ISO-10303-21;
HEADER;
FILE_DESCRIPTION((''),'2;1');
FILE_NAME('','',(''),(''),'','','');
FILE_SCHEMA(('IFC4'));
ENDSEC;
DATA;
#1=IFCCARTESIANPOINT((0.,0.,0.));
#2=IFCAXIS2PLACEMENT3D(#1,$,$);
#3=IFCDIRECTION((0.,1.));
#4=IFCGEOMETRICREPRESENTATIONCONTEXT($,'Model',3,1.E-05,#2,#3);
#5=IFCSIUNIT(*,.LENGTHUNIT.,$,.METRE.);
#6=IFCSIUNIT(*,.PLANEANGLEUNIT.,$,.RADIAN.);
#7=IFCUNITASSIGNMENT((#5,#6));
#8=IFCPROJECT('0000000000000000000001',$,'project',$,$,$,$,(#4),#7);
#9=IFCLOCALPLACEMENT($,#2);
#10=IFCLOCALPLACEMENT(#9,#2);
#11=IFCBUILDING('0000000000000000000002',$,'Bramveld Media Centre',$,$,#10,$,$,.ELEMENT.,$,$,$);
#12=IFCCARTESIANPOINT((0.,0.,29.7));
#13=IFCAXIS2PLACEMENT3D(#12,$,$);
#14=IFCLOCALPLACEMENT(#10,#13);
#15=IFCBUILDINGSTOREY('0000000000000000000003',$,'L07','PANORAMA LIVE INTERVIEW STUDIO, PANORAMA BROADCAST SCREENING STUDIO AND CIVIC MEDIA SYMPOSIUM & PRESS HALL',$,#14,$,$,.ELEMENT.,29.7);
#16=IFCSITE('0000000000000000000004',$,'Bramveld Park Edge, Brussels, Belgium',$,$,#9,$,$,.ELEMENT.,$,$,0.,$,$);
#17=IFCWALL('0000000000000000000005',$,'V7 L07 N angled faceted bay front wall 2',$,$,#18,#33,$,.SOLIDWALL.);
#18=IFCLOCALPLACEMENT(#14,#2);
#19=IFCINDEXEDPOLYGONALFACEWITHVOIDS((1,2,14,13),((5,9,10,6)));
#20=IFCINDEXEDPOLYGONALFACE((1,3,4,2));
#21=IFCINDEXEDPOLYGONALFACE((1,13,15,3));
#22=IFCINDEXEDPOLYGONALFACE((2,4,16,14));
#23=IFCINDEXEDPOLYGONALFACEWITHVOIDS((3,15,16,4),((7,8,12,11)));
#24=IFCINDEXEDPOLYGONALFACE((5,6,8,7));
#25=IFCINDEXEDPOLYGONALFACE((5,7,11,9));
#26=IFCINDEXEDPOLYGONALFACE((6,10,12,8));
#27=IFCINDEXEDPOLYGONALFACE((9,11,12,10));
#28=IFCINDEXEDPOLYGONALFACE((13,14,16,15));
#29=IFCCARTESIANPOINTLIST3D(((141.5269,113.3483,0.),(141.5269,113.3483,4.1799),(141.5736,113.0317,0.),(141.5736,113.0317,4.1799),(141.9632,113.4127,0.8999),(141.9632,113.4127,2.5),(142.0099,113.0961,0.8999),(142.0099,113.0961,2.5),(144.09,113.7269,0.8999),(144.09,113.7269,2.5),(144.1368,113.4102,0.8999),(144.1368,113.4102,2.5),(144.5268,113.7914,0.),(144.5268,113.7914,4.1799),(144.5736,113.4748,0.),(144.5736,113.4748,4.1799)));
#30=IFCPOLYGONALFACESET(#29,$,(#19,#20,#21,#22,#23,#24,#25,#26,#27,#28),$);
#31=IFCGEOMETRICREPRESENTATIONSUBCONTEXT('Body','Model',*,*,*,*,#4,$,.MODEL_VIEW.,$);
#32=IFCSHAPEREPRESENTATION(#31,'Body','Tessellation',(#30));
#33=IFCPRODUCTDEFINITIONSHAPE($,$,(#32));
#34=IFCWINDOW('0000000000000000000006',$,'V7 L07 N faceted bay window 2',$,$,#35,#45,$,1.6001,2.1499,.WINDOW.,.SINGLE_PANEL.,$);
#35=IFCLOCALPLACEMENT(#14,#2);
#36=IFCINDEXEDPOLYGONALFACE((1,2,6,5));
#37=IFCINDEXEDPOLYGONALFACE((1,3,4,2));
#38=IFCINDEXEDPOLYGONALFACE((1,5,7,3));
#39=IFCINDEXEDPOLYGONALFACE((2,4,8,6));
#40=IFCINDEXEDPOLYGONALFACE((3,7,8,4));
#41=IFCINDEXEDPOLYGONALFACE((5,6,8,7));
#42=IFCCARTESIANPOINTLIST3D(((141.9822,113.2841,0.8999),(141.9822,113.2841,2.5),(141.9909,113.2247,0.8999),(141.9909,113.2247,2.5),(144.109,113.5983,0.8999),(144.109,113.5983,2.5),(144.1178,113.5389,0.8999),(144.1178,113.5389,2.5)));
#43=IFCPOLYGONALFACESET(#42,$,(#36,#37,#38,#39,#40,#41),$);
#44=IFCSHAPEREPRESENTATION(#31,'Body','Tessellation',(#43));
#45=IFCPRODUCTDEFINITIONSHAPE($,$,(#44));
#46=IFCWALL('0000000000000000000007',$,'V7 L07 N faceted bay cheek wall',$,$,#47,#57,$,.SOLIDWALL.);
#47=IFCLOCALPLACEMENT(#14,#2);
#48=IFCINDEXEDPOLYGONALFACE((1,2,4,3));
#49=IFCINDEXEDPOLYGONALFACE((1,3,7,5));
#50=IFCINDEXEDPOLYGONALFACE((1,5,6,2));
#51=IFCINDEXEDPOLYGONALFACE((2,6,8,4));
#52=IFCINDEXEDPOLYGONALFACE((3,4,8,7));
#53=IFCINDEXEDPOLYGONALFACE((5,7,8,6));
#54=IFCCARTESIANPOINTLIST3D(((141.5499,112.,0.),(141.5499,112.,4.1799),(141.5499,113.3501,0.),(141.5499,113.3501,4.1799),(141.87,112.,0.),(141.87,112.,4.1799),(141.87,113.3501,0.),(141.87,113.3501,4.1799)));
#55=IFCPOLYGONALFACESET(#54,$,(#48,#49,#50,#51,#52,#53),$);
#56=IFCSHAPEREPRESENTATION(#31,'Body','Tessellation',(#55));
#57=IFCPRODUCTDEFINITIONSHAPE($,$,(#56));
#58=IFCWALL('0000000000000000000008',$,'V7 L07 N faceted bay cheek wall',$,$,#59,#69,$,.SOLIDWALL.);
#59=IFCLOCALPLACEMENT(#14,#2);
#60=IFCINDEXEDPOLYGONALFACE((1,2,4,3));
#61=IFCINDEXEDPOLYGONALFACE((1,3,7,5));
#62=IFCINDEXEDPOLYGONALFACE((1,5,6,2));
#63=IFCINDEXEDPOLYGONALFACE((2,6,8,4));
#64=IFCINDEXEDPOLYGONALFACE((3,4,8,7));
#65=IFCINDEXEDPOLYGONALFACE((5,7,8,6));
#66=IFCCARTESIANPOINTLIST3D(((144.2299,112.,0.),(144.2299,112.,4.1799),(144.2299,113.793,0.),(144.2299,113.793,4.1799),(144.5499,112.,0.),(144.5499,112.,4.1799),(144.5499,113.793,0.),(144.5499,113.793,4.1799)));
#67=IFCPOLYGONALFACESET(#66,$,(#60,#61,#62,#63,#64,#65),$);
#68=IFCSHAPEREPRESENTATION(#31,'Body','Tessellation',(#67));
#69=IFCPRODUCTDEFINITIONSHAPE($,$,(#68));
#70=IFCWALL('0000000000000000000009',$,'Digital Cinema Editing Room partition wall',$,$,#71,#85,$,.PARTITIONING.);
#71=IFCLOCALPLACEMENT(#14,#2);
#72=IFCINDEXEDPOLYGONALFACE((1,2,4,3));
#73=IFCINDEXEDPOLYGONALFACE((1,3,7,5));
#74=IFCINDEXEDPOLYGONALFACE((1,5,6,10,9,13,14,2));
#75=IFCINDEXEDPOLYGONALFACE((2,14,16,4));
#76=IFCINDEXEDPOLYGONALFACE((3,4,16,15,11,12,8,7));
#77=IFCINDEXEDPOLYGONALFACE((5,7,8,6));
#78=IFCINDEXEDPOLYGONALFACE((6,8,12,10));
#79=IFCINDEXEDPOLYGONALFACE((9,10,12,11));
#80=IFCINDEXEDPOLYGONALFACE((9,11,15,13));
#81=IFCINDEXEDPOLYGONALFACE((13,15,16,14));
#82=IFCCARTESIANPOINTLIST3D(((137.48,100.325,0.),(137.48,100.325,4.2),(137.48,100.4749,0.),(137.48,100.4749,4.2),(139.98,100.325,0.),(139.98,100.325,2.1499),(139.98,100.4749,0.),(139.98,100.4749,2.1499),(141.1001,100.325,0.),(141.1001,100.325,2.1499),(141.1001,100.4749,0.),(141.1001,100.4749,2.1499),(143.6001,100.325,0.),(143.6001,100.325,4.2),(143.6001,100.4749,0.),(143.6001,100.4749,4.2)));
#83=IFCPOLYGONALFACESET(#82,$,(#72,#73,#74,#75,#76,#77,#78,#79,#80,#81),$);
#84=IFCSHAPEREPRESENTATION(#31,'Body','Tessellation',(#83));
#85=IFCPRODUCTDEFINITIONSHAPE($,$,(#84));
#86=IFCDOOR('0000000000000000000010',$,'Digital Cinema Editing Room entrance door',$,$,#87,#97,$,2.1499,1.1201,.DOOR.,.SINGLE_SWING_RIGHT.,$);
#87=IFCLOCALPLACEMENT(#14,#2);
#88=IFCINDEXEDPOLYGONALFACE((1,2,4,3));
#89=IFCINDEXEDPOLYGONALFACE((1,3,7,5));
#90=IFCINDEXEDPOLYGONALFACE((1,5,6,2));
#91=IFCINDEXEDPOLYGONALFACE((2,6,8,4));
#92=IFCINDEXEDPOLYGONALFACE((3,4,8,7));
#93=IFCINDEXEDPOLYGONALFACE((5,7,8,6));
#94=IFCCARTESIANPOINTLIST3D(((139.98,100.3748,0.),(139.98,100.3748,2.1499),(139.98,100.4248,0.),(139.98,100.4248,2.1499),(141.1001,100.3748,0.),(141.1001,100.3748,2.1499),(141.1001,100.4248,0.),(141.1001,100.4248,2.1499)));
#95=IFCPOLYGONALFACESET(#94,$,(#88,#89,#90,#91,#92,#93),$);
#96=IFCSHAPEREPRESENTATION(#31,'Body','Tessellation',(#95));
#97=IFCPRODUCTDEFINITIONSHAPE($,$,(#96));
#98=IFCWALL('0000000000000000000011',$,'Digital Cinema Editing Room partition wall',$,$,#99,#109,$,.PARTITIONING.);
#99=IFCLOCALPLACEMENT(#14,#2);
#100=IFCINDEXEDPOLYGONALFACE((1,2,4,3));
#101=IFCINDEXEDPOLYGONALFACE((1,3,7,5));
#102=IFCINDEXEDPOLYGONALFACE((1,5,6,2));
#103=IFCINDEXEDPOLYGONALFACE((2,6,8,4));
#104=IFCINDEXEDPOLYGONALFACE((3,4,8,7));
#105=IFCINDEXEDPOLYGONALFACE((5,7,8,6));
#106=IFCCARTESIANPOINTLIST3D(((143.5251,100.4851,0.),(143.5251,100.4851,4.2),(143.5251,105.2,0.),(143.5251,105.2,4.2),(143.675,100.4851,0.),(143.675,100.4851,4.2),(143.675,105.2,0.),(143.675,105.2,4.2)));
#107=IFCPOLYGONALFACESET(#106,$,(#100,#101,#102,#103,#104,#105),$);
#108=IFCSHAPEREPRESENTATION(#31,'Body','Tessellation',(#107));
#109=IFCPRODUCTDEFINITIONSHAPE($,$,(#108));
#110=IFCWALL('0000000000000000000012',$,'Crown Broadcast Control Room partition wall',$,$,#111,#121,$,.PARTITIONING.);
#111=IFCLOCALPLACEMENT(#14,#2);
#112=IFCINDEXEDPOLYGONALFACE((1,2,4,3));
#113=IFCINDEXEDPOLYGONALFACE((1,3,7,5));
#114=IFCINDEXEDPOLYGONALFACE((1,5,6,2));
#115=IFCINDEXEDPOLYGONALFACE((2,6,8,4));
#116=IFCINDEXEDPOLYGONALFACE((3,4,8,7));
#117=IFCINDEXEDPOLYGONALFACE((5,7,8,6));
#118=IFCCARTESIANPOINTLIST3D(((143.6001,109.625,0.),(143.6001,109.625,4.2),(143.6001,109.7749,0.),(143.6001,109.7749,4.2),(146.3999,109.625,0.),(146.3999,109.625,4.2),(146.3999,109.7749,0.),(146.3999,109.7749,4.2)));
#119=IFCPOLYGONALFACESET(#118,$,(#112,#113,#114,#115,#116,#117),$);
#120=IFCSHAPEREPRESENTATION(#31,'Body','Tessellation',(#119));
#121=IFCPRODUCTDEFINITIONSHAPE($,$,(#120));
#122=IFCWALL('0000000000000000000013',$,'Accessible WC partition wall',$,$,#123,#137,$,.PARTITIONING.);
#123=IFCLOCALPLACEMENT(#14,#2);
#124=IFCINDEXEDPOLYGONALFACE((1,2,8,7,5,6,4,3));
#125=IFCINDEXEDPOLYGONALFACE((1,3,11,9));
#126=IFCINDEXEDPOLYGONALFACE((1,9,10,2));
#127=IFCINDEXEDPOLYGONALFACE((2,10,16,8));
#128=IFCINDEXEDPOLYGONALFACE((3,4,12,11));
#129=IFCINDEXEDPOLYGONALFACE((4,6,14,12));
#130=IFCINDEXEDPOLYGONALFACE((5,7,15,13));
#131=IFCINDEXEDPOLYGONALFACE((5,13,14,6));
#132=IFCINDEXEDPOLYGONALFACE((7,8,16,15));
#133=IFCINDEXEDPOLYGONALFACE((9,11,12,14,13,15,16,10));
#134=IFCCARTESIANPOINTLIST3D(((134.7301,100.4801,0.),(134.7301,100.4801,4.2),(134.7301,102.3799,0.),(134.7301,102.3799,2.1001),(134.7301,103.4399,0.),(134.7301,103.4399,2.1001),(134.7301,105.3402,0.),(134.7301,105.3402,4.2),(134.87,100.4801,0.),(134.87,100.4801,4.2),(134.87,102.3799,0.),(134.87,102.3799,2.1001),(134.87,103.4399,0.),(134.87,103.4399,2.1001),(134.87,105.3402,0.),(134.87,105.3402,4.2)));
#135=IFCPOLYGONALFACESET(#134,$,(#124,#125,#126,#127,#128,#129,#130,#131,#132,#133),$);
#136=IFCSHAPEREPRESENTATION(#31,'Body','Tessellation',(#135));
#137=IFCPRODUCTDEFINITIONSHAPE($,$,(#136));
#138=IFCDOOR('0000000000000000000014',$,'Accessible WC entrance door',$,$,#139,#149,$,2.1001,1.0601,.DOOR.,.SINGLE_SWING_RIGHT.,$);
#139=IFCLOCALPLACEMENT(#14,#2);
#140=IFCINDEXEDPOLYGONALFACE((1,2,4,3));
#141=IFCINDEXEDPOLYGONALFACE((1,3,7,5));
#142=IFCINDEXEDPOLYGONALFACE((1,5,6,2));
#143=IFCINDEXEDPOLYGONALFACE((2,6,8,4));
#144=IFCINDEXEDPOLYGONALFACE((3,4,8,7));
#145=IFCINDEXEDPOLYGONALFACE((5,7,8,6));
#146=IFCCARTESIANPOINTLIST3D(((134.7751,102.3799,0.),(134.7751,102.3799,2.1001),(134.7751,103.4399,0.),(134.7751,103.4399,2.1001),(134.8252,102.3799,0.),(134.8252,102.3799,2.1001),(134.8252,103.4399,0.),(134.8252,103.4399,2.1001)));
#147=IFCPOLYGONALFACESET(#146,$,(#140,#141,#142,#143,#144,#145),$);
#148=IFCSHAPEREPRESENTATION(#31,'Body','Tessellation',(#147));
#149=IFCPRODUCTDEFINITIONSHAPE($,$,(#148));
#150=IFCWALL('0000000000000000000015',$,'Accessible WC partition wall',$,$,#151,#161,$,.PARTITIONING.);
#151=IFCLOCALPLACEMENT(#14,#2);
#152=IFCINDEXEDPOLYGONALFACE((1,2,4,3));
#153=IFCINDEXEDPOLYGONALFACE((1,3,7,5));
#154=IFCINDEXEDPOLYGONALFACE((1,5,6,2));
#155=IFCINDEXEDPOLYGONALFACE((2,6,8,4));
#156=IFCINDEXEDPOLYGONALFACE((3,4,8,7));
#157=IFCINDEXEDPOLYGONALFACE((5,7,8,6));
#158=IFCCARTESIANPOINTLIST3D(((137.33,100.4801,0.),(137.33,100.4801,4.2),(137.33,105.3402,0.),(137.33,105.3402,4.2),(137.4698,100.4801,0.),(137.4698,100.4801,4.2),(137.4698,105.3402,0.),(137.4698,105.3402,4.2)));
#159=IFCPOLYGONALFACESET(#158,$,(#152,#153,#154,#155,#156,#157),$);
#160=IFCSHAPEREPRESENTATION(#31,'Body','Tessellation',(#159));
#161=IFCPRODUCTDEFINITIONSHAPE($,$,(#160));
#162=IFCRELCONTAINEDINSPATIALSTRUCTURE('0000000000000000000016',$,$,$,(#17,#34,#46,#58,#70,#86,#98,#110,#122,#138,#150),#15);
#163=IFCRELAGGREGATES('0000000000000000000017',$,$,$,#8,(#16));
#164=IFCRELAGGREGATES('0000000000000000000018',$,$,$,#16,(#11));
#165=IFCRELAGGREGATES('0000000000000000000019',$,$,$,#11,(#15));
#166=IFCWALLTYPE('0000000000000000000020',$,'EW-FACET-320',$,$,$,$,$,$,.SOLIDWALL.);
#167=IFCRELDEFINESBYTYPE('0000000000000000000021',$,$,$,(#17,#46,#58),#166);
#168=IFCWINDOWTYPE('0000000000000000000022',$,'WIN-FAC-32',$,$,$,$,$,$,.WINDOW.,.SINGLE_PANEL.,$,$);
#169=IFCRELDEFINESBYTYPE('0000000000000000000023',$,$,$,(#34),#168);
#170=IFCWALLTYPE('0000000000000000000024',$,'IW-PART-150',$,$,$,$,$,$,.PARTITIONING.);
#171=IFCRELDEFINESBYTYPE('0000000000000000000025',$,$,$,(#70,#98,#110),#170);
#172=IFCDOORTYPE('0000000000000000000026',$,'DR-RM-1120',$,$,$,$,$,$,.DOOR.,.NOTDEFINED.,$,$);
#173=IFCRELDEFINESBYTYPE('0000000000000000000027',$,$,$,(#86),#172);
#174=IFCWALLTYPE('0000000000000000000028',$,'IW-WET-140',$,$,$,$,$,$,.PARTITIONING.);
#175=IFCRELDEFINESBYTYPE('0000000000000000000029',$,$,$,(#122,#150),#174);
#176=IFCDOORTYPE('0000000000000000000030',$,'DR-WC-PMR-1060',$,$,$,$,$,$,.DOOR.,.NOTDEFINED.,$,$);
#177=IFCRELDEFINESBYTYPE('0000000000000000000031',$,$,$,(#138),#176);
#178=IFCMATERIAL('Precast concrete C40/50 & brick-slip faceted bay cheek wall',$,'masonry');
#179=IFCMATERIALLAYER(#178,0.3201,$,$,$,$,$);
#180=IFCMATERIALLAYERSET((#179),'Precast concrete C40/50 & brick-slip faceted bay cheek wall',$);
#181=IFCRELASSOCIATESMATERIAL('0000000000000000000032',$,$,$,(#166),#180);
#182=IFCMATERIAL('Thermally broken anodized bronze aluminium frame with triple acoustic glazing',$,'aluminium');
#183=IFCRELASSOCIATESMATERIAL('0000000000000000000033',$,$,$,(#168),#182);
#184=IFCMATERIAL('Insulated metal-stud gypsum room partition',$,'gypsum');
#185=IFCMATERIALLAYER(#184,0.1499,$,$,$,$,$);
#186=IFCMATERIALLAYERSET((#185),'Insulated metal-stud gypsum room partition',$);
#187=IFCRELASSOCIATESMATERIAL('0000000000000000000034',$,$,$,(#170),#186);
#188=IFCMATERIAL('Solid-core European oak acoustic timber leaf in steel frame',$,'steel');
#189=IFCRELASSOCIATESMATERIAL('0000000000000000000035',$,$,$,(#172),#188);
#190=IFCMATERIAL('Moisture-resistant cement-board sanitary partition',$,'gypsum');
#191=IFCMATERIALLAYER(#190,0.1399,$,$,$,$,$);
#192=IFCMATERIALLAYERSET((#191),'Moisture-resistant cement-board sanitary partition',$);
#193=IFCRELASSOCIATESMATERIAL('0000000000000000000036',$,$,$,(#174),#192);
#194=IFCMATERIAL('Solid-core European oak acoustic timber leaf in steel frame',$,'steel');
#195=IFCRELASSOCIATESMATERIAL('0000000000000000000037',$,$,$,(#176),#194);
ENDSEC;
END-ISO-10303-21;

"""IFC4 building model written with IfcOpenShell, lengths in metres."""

from ifc_helpers import new_model, si_unit, direction, frame, frame_2d, origin, place, context, subcontext, project, spatial, rectangle, extrude, material, layer, layer_set, type_object, element, fill, save


model = new_model("IFC4")

# Units and contexts
model_context = context("Model", 3, precision=1e-05, world=origin(), true_north=direction((0.0, 1.0)))
body_context = subcontext(model_context, "Body", "Model", "MODEL_VIEW")
ifc_project = project(units=[si_unit("LENGTHUNIT", "METRE"), si_unit("PLANEANGLEUNIT", "RADIAN")], contexts=[model_context])

# Site, building, storey
site_placement = place(None, origin())
site = spatial("IfcSite", under=ifc_project, at=site_placement, Name="Bramveld Park Edge, Brussels, Belgium", CompositionType="ELEMENT", RefElevation=0.0)
building_placement = place(site_placement, origin())
building = spatial("IfcBuilding", under=site, at=building_placement, Name="Bramveld Media Centre", CompositionType="ELEMENT")
storey_placement = place(building_placement, frame((0.0, 0.0, 29.7)))
storey = spatial("IfcBuildingStorey", under=building, at=storey_placement, Name="L07", Description="PANORAMA LIVE INTERVIEW STUDIO, PANORAMA BROADCAST SCREENING STUDIO AND CIVIC MEDIA SYMPOSIUM & PRESS HALL", CompositionType="ELEMENT", Elevation=29.7)

# Shared definitions
ifc_material_1 = material(Name="Precast concrete C40/50 & brick-slip faceted bay cheek wall", Category="masonry")
ifc_layer_1 = layer(ifc_material_1, 0.3201)
ifc_layer_set_1 = layer_set([ifc_layer_1], Name="Precast concrete C40/50 & brick-slip faceted bay cheek wall")
wall_type_1 = type_object("IfcWallType", Name="EW-FACET-320", PredefinedType="SOLIDWALL", material=ifc_layer_set_1)

# Wall, opening, window
wall_1_placement = place(storey_placement, frame((144.55, 113.6331, 0.0), z_axis=(0.0, 0.0, 1.0), x_axis=(-0.989267, -0.14612, 0.0)))
wall_1 = element("IfcWall", 1, at=wall_1_placement, inside=storey, type_object=wall_type_1, Name="V7 L07 N angled faceted bay front wall 2", PredefinedType="SOLIDWALL", context=body_context, shape_type="SweptSolid", body=[
    extrude(rectangle(XDim=3.0325, YDim=0.3201, at=frame_2d((1.5161, 0.0))), origin(), (0.0, 0.0, 1.0), 4.1799),
])
opening_1_placement = place(wall_1_placement, frame((0.4414, 0.0, 0.8999)))
opening_1 = element("IfcOpeningElement", 2, at=opening_1_placement, cuts=wall_1, PredefinedType="OPENING", context=body_context, shape_type="SweptSolid", body=[
    extrude(rectangle(XDim=2.1499, YDim=1.6001, at=frame_2d((1.075, 0.8))), frame((0.0, 0.1719, 0.0), z_axis=(0.0, -1.0, 0.0), x_axis=(1.0, 0.0, 0.0)), (0.0, 0.0, 1.0), 0.344),
])
ifc_material_2 = material(Name="Thermally broken anodized bronze aluminium frame with triple acoustic glazing", Category="aluminium")
window_type_1 = type_object("IfcWindowType", Name="WIN-FAC-32", PartitioningType="SINGLE_PANEL", PredefinedType="WINDOW", material=ifc_material_2)
window_1_placement = place(opening_1_placement, origin())
window_1 = element("IfcWindow", 3, at=window_1_placement, inside=storey, type_object=window_type_1, Name="V7 L07 N faceted bay window 2", OverallHeight=1.6001, OverallWidth=2.1499, PartitioningType="SINGLE_PANEL", PredefinedType="WINDOW", context=body_context, shape_type="SweptSolid", body=[
    extrude(rectangle(XDim=2.1499, YDim=1.6001, at=frame_2d((1.075, 0.8))), frame((0.0, 0.03, 0.0), z_axis=(0.0, -1.0, 0.0), x_axis=(1.0, 0.0, 0.0)), (0.0, 0.0, 1.0), 0.0601),
])
fill(opening_1, window_1)

# Walls
wall_2_placement = place(storey_placement, frame((141.71, 112.0, 0.0), z_axis=(0.0, 0.0, 1.0), x_axis=(0.0, 1.0, 0.0)))
element("IfcWall", 4, at=wall_2_placement, inside=storey, type_object=wall_type_1, Name="V7 L07 N faceted bay cheek wall", PredefinedType="SOLIDWALL", context=body_context, shape_type="SweptSolid", body=[
    extrude(rectangle(XDim=1.3501, YDim=0.3201, at=frame_2d((0.675, 0.0))), origin(), (0.0, 0.0, 1.0), 4.1799),
])
wall_3_placement = place(storey_placement, frame((144.3899, 112.0, 0.0), z_axis=(0.0, 0.0, 1.0), x_axis=(0.0, 1.0, 0.0)))
element("IfcWall", 5, at=wall_3_placement, inside=storey, type_object=wall_type_1, Name="V7 L07 N faceted bay cheek wall", PredefinedType="SOLIDWALL", context=body_context, shape_type="SweptSolid", body=[
    extrude(rectangle(XDim=1.793, YDim=0.3201, at=frame_2d((0.8965, 0.0))), origin(), (0.0, 0.0, 1.0), 4.1799),
])

# Wall, opening, door
ifc_material_3 = material(Name="Insulated metal-stud gypsum room partition", Category="gypsum")
ifc_layer_2 = layer(ifc_material_3, 0.1499)
ifc_layer_set_2 = layer_set([ifc_layer_2], Name="Insulated metal-stud gypsum room partition")
wall_type_2 = type_object("IfcWallType", Name="IW-PART-150", PredefinedType="PARTITIONING", material=ifc_layer_set_2)
wall_4_placement = place(storey_placement, frame((137.48, 100.3999, 0.0), z_axis=(0.0, 0.0, 1.0), x_axis=(1.0, 0.0, 0.0)))
wall_4 = element("IfcWall", 6, at=wall_4_placement, inside=storey, type_object=wall_type_2, Name="Digital Cinema Editing Room partition wall", PredefinedType="PARTITIONING", context=body_context, shape_type="SweptSolid", body=[
    extrude(rectangle(XDim=6.1201, YDim=0.1499, at=frame_2d((3.0601, 0.0))), origin(), (0.0, 0.0, 1.0), 4.2),
])
opening_2_placement = place(wall_4_placement, frame((2.5, 0.0, 0.0)))
opening_2 = element("IfcOpeningElement", 7, at=opening_2_placement, cuts=wall_4, PredefinedType="OPENING", context=body_context, shape_type="SweptSolid", body=[
    extrude(rectangle(XDim=1.1201, YDim=2.1499, at=frame_2d((0.5601, 1.075))), frame((0.0, 0.0869, 0.0), z_axis=(0.0, -1.0, 0.0), x_axis=(1.0, 0.0, 0.0)), (0.0, 0.0, 1.0), 0.1738),
])
ifc_material_4 = material(Name="Solid-core European oak acoustic timber leaf in steel frame", Category="steel")
door_type_1 = type_object("IfcDoorType", Name="DR-RM-1120", OperationType="NOTDEFINED", PredefinedType="DOOR", material=ifc_material_4)
door_1_placement = place(opening_2_placement, origin())
door_1 = element("IfcDoor", 8, at=door_1_placement, inside=storey, type_object=door_type_1, Name="Digital Cinema Editing Room entrance door", OperationType="SINGLE_SWING_RIGHT", OverallHeight=2.1499, OverallWidth=1.1201, PredefinedType="DOOR", context=body_context, shape_type="SweptSolid", body=[
    extrude(rectangle(XDim=1.1201, YDim=2.1499, at=frame_2d((0.5601, 1.075))), frame((0.0, 0.0249, 0.0), z_axis=(0.0, -1.0, 0.0), x_axis=(1.0, 0.0, 0.0)), (0.0, 0.0, 1.0), 0.05),
])
fill(opening_2, door_1)

# Wall
wall_5_placement = place(storey_placement, frame((143.6001, 100.4851, 0.0), z_axis=(0.0, 0.0, 1.0), x_axis=(0.0, 1.0, 0.0)))
element("IfcWall", 9, at=wall_5_placement, inside=storey, type_object=wall_type_2, Name="Digital Cinema Editing Room partition wall", PredefinedType="PARTITIONING", context=body_context, shape_type="SweptSolid", body=[
    extrude(rectangle(XDim=4.7148, YDim=0.1499, at=frame_2d((2.3574, 0.0))), origin(), (0.0, 0.0, 1.0), 4.2),
])

# Wall
wall_6_placement = place(storey_placement, frame((143.6001, 109.7, 0.0), z_axis=(0.0, 0.0, 1.0), x_axis=(1.0, 0.0, 0.0)))
element("IfcWall", 10, at=wall_6_placement, inside=storey, type_object=wall_type_2, Name="Crown Broadcast Control Room partition wall", PredefinedType="PARTITIONING", context=body_context, shape_type="SweptSolid", body=[
    extrude(rectangle(XDim=2.7998, YDim=0.1499, at=frame_2d((1.3999, 0.0))), origin(), (0.0, 0.0, 1.0), 4.2),
])

# Wall, opening, door
ifc_material_5 = material(Name="Moisture-resistant cement-board sanitary partition", Category="gypsum")
ifc_layer_3 = layer(ifc_material_5, 0.1399)
ifc_layer_set_3 = layer_set([ifc_layer_3], Name="Moisture-resistant cement-board sanitary partition")
wall_type_3 = type_object("IfcWallType", Name="IW-WET-140", PredefinedType="PARTITIONING", material=ifc_layer_set_3)
wall_7_placement = place(storey_placement, frame((134.8, 100.48, 0.0), z_axis=(0.0, 0.0, 1.0), x_axis=(0.0, 1.0, 0.0)))
wall_7 = element("IfcWall", 11, at=wall_7_placement, inside=storey, type_object=wall_type_3, Name="Accessible WC partition wall", PredefinedType="PARTITIONING", context=body_context, shape_type="SweptSolid", body=[
    extrude(rectangle(XDim=4.8601, YDim=0.1399, at=frame_2d((2.4302, 0.0))), origin(), (0.0, 0.0, 1.0), 4.2),
])
opening_3_placement = place(wall_7_placement, frame((1.8999, 0.0, 0.0)))
opening_3 = element("IfcOpeningElement", 12, at=opening_3_placement, cuts=wall_7, PredefinedType="OPENING", context=body_context, shape_type="SweptSolid", body=[
    extrude(rectangle(XDim=1.0601, YDim=2.1001, at=frame_2d((0.53, 1.05))), frame((0.0, 0.082, 0.0), z_axis=(0.0, -1.0, 0.0), x_axis=(1.0, 0.0, 0.0)), (0.0, 0.0, 1.0), 0.1638),
])
ifc_material_6 = material(Name="Solid-core European oak acoustic timber leaf in steel frame", Category="steel")
door_type_2 = type_object("IfcDoorType", Name="DR-WC-PMR-1060", OperationType="NOTDEFINED", PredefinedType="DOOR", material=ifc_material_6)
door_2_placement = place(opening_3_placement, origin())
door_2 = element("IfcDoor", 13, at=door_2_placement, inside=storey, type_object=door_type_2, Name="Accessible WC entrance door", OperationType="SINGLE_SWING_RIGHT", OverallHeight=2.1001, OverallWidth=1.0601, PredefinedType="DOOR", context=body_context, shape_type="SweptSolid", body=[
    extrude(rectangle(XDim=1.0601, YDim=2.1001, at=frame_2d((0.53, 1.05))), frame((0.0, 0.0249, 0.0), z_axis=(0.0, -1.0, 0.0), x_axis=(1.0, 0.0, 0.0)), (0.0, 0.0, 1.0), 0.05),
])
fill(opening_3, door_2)

# Wall
wall_8_placement = place(storey_placement, frame((137.3999, 100.48, 0.0), z_axis=(0.0, 0.0, 1.0), x_axis=(0.0, 1.0, 0.0)))
element("IfcWall", 14, at=wall_8_placement, inside=storey, type_object=wall_type_3, Name="Accessible WC partition wall", PredefinedType="PARTITIONING", context=body_context, shape_type="SweptSolid", body=[
    extrude(rectangle(XDim=4.8601, YDim=0.1399, at=frame_2d((2.4302, 0.0))), origin(), (0.0, 0.0, 1.0), 4.2),
])

save(model, "model.ifc")
